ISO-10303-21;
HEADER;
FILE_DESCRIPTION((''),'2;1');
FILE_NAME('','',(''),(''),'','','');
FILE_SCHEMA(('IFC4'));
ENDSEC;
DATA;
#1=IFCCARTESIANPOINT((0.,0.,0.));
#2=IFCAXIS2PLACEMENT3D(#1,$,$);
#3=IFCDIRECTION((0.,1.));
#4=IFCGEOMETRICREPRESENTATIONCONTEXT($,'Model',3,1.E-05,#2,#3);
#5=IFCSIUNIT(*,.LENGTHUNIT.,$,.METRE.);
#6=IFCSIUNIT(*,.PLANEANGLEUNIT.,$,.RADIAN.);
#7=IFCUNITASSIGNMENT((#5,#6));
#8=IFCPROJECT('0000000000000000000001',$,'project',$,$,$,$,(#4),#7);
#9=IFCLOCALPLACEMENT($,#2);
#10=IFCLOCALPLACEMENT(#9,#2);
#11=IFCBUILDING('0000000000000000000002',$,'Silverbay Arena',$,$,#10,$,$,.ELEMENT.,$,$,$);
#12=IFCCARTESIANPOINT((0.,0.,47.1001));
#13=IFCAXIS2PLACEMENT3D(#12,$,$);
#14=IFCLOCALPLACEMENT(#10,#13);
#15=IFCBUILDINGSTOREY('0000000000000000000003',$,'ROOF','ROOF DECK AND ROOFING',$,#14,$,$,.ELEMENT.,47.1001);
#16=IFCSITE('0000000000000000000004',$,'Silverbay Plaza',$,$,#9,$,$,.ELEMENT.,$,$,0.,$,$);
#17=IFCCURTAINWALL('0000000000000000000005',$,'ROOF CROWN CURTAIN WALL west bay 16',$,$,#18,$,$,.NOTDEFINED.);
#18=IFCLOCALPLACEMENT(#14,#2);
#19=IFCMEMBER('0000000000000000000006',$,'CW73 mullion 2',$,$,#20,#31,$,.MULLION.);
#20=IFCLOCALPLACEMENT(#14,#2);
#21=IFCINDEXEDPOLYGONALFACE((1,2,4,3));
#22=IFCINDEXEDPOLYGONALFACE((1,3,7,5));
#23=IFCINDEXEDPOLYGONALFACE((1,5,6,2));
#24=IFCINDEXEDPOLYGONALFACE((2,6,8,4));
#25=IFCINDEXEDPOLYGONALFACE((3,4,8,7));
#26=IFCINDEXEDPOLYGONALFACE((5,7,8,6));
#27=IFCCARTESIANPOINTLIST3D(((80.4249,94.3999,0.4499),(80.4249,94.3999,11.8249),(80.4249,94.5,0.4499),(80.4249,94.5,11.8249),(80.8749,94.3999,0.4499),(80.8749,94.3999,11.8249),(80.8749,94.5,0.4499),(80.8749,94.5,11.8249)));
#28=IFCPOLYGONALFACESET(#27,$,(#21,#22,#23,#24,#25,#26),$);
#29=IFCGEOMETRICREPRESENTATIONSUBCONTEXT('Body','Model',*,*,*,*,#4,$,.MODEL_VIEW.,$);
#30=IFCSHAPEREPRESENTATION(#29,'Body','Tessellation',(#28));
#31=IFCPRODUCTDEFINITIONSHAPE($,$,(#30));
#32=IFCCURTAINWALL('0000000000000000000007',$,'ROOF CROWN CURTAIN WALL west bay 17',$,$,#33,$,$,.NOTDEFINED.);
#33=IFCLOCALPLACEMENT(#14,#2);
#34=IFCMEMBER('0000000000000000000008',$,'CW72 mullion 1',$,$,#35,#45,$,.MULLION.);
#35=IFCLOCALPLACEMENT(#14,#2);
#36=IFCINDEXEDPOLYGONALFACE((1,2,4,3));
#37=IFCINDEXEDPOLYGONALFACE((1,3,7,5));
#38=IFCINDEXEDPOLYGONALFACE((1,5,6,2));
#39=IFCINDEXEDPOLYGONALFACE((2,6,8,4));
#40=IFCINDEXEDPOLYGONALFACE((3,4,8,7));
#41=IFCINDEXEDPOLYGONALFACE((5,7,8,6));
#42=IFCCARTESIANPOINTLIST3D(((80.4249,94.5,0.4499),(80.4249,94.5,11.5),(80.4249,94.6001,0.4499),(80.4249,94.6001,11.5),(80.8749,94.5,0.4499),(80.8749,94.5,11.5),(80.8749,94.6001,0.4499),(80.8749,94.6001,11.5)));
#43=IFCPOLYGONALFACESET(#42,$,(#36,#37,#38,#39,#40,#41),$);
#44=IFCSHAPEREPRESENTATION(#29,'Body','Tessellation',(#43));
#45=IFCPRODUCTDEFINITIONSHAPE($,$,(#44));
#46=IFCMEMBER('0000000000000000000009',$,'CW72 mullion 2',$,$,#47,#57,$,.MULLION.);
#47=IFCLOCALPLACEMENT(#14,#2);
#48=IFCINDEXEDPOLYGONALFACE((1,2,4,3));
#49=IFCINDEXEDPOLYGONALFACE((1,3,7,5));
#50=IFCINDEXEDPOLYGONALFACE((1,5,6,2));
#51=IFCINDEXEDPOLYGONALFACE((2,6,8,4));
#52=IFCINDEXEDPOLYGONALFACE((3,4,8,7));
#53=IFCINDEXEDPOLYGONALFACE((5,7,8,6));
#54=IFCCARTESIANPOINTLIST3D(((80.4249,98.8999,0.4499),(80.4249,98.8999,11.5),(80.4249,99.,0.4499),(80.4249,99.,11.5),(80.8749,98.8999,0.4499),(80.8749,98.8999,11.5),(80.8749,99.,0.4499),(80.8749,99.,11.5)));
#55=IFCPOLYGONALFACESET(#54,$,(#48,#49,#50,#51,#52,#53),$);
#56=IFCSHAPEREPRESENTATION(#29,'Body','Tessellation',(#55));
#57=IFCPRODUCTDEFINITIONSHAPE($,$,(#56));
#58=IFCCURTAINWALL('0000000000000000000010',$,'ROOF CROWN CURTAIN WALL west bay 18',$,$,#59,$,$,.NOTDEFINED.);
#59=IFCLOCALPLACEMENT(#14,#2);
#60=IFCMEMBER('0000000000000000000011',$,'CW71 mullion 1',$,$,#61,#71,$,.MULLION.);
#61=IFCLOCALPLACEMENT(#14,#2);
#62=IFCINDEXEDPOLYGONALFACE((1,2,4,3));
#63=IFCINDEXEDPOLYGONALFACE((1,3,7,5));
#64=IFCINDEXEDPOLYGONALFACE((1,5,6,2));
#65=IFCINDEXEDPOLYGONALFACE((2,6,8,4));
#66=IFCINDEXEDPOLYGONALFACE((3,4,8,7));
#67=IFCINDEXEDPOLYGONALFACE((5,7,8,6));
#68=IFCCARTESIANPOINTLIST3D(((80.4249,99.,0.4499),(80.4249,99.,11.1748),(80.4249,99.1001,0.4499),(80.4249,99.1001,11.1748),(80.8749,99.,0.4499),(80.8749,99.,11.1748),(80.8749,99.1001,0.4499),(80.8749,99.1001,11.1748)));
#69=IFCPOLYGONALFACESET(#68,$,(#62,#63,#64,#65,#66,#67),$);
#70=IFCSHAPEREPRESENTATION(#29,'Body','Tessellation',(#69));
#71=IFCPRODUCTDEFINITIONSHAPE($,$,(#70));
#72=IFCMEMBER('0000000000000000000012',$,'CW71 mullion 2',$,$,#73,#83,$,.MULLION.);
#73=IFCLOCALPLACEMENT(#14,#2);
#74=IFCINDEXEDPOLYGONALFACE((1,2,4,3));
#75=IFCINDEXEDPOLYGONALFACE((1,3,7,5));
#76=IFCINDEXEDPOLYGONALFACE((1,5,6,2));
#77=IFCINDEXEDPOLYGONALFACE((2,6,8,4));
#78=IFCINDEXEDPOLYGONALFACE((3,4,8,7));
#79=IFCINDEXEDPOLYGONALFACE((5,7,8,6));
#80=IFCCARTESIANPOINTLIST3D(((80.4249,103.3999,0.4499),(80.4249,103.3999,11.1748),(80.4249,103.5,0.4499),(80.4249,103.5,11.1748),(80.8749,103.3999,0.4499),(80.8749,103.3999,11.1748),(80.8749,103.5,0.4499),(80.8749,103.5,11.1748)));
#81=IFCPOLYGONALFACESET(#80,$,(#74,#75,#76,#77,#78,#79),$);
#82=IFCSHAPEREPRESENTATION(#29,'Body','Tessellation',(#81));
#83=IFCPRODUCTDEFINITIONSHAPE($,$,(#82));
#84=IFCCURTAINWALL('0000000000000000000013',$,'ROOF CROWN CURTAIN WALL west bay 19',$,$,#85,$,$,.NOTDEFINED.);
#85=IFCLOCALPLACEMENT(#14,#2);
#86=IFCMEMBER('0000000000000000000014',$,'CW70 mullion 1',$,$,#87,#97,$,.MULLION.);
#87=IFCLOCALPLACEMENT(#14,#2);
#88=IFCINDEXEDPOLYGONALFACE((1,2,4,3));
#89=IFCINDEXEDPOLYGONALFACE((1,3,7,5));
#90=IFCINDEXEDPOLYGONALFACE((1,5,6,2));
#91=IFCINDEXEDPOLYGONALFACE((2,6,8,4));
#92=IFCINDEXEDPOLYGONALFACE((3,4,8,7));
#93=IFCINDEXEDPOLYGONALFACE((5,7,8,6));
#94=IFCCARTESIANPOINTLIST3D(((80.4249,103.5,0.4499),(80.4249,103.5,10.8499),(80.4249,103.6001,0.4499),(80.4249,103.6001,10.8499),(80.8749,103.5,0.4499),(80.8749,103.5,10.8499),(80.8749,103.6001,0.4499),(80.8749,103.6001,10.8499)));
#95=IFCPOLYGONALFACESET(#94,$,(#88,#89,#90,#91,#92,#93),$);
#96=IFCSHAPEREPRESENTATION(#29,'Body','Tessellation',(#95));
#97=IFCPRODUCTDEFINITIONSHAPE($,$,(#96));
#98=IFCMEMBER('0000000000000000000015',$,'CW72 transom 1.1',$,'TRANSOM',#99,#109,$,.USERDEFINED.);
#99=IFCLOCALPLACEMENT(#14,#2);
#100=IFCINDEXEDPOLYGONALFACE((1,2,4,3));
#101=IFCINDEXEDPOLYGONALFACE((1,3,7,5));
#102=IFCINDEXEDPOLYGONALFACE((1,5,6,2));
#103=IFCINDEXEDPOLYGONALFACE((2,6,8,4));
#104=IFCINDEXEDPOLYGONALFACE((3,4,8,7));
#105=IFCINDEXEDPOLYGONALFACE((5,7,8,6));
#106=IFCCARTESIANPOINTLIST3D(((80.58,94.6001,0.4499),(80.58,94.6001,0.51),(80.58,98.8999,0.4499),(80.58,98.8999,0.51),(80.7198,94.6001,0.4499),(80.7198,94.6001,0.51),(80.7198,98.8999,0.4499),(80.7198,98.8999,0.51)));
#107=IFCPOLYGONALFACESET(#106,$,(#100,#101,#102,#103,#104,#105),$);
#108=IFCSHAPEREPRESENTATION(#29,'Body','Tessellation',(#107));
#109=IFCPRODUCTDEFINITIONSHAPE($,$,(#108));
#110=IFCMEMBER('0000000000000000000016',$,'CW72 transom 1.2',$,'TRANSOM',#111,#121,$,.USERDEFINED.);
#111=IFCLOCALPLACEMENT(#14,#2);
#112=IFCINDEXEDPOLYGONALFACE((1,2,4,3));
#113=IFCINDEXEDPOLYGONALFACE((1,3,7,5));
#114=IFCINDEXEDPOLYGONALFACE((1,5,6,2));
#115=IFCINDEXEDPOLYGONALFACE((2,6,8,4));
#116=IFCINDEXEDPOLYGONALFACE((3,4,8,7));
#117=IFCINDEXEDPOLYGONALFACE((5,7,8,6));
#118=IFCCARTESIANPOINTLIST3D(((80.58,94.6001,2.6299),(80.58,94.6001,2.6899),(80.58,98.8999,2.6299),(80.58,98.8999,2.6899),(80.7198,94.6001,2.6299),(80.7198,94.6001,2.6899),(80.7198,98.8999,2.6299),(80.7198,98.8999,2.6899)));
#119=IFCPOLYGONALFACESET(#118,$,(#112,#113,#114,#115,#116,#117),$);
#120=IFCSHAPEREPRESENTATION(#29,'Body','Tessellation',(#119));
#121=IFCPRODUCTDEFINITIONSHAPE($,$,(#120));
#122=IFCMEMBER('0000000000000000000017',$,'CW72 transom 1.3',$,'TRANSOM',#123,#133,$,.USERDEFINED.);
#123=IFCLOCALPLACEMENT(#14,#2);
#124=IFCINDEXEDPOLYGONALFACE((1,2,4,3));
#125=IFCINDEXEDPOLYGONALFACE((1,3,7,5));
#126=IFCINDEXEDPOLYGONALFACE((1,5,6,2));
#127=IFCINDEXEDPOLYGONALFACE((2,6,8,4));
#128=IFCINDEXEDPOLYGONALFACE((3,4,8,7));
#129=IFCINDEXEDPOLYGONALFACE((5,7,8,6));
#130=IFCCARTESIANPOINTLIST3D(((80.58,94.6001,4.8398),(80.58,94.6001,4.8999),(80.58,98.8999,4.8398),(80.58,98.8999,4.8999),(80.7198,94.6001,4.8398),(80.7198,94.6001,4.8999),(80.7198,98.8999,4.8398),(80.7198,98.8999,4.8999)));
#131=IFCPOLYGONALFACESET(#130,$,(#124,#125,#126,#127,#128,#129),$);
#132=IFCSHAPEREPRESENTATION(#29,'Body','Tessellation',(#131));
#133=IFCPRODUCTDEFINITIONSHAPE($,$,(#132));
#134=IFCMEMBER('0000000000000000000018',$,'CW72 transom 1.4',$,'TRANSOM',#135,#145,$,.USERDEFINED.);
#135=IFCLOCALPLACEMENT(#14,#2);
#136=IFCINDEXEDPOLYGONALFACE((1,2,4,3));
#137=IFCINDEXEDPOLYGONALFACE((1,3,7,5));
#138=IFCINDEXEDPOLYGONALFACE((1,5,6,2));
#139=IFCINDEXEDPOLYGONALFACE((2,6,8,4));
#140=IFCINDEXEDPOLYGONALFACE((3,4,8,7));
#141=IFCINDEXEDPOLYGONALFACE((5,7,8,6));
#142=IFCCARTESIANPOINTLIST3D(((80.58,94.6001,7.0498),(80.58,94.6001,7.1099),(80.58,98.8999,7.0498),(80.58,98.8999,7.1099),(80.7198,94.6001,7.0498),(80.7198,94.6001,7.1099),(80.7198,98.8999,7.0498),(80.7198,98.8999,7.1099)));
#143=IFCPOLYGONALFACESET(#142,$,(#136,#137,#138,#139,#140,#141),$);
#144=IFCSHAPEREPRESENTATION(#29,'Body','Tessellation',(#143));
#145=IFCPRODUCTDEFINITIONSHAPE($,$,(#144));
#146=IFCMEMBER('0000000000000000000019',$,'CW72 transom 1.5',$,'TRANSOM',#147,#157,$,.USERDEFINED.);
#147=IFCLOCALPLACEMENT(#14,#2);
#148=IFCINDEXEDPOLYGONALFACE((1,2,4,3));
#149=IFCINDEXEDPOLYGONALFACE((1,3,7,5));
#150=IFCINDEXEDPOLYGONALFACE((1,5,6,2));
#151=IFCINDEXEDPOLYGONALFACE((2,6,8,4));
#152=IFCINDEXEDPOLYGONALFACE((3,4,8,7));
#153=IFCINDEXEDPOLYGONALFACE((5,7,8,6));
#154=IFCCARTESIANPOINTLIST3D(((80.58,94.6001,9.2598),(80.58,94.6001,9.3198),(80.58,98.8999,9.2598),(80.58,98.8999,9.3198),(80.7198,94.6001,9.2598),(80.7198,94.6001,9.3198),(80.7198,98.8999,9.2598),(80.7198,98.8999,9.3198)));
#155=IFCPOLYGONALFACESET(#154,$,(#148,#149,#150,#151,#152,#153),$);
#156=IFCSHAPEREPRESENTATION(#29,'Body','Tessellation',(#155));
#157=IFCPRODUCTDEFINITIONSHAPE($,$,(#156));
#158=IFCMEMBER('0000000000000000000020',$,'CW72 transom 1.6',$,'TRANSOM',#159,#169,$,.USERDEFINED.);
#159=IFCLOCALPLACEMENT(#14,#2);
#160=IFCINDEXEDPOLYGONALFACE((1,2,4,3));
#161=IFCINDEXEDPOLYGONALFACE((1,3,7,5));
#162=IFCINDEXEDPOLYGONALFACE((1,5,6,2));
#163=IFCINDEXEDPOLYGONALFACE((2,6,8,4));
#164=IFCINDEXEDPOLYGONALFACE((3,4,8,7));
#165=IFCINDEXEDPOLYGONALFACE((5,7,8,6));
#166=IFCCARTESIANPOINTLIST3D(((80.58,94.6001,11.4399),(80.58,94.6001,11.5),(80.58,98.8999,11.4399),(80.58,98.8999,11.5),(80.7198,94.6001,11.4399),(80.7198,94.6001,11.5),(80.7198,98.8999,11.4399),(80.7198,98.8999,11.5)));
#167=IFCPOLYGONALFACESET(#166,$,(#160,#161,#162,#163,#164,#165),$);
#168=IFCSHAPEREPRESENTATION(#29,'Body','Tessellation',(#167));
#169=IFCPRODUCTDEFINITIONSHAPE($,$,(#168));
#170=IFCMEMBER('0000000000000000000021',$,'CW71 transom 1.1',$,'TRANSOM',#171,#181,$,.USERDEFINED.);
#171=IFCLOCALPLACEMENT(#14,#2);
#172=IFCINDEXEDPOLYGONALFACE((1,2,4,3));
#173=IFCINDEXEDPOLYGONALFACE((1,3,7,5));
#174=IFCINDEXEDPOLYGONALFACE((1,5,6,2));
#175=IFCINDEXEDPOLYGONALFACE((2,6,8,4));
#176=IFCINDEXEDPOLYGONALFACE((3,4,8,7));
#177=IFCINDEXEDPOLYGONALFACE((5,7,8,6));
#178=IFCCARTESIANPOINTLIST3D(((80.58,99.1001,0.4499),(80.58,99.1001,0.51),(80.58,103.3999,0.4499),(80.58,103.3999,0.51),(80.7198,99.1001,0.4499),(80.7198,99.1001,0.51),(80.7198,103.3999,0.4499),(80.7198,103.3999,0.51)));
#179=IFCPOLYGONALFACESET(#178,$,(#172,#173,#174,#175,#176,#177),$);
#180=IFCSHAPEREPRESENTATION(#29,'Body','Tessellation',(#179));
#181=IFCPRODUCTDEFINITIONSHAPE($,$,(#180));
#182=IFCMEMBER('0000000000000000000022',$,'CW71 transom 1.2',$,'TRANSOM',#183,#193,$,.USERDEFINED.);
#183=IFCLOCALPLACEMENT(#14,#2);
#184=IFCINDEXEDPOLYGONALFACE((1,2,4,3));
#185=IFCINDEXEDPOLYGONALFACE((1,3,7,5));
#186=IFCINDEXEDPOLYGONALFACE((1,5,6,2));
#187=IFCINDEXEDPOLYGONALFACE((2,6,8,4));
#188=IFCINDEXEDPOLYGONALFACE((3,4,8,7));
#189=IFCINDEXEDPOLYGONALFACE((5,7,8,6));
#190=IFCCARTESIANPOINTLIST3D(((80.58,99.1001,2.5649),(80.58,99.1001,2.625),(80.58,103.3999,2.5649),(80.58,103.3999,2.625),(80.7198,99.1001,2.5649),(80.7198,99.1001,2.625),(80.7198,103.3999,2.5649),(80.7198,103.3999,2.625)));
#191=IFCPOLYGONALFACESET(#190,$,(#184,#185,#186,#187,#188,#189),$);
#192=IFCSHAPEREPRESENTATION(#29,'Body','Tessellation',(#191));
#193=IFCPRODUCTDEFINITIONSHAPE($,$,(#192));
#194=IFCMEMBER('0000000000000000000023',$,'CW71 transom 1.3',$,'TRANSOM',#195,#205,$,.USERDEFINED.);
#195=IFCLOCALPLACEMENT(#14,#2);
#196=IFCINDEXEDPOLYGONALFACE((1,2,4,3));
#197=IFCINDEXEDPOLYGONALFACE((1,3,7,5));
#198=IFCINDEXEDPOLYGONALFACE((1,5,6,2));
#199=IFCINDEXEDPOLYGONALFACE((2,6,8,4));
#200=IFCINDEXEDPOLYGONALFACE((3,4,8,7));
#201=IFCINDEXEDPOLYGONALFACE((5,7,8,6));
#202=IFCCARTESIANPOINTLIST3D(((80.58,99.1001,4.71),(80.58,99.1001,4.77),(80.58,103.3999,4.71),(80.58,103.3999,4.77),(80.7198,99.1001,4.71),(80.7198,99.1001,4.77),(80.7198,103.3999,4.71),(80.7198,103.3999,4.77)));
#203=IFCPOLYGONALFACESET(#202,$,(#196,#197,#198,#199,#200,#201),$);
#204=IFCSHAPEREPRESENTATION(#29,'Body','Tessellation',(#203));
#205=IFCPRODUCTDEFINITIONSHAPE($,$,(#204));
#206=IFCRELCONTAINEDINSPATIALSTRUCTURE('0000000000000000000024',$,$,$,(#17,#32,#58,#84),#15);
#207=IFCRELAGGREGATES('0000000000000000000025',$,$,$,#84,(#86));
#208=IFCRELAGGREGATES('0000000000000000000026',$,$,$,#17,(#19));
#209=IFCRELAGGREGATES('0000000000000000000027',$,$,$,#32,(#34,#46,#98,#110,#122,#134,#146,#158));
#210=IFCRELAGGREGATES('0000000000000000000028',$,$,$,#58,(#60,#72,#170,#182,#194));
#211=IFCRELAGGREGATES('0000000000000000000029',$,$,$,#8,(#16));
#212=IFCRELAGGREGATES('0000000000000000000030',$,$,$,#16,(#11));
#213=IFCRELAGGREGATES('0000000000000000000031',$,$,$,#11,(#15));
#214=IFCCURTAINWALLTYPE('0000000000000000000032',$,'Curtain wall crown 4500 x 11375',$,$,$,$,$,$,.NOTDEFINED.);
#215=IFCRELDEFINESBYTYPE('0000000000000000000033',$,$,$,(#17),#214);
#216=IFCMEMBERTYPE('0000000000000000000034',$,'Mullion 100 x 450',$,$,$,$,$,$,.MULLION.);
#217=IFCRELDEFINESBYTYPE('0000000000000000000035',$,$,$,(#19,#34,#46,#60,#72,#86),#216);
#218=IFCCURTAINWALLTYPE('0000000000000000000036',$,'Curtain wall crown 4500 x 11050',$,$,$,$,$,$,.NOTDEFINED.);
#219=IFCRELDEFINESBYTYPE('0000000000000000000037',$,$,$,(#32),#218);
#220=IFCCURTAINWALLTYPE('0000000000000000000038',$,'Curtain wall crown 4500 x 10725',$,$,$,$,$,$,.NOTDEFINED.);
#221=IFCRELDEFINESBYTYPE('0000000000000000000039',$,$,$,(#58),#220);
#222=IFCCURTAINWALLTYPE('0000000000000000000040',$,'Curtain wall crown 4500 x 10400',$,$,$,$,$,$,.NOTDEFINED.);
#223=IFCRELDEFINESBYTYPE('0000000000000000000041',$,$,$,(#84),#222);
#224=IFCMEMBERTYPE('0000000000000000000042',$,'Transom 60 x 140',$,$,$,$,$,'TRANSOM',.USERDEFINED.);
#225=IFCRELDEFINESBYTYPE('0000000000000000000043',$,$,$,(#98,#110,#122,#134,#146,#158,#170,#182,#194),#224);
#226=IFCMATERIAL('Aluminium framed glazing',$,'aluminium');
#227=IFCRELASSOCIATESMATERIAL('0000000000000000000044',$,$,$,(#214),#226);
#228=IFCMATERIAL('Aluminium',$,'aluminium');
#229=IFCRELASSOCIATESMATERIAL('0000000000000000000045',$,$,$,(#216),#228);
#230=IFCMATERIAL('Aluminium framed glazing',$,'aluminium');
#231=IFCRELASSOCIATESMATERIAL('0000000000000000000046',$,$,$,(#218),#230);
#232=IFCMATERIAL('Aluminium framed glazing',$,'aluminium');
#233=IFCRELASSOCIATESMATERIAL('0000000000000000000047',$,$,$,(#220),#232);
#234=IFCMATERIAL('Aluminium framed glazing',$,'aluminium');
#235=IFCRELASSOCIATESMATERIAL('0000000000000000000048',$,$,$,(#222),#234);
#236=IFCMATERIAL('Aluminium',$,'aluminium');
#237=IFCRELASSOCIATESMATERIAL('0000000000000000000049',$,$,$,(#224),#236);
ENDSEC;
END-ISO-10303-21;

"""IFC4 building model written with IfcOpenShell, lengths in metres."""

from ifc_helpers import new_model, si_unit, direction, frame, origin, origin_2d, place, context, subcontext, project, spatial, rectangle, extrude, material, material_profile, profile_set, type_object, element, aggregate, save


model = new_model("IFC4")

# Units and contexts
model_context = context("Model", 3, precision=1e-05, world=origin(), true_north=direction((0.0, 1.0)))
body_context = subcontext(model_context, "Body", "Model", "MODEL_VIEW")
ifc_project = project(units=[si_unit("LENGTHUNIT", "METRE"), si_unit("PLANEANGLEUNIT", "RADIAN")], contexts=[model_context])

# Site, building, storey
site_placement = place(None, origin())
site = spatial("IfcSite", under=ifc_project, at=site_placement, Name="Silverbay Plaza", CompositionType="ELEMENT", RefElevation=0.0)
building_placement = place(site_placement, origin())
building = spatial("IfcBuilding", under=site, at=building_placement, Name="Silverbay Arena", CompositionType="ELEMENT")
storey_placement = place(building_placement, frame((0.0, 0.0, 47.1001)))
storey = spatial("IfcBuildingStorey", under=building, at=storey_placement, Name="ROOF", Description="ROOF DECK AND ROOFING", CompositionType="ELEMENT", Elevation=47.1001)

# Curtain wall, member
ifc_material_1 = material(Name="Aluminium framed glazing", Category="aluminium")
curtain_wall_type_1 = type_object("IfcCurtainWallType", Name="Curtain wall crown 4500 x 11375", PredefinedType="NOTDEFINED", material=ifc_material_1)
curtain_wall_1_placement = place(storey_placement, origin())
curtain_wall_1 = element("IfcCurtainWall", 1, at=curtain_wall_1_placement, inside=storey, type_object=curtain_wall_type_1, Name="ROOF CROWN CURTAIN WALL west bay 16", PredefinedType="NOTDEFINED")
ifc_material_2 = material(Name="Aluminium", Category="aluminium")
ifc_material_profile_1 = material_profile(ifc_material_2, rectangle(XDim=0.45, YDim=0.1001, at=origin_2d()), Name="Mullion 100 x 450")
ifc_profile_set_1 = profile_set([ifc_material_profile_1], Name="Aluminium")
member_type_1 = type_object("IfcMemberType", Name="Mullion 100 x 450", PredefinedType="MULLION", material=ifc_profile_set_1)
placement = place(building_placement, frame((0.0, 0.0, 33.5)))
member_1_placement = place(placement, frame((80.6499, 94.45, 14.05), z_axis=(0.0, 0.0, 1.0), x_axis=(-1.0, 0.0, 0.0)))
member_1 = element("IfcMember", 2, at=member_1_placement, type_object=member_type_1, Name="CW73 mullion 2", PredefinedType="MULLION", context=body_context, shape_type="SweptSolid", body=[
    extrude(rectangle(XDim=0.45, YDim=0.1001, at=origin_2d()), origin(), (0.0, 0.0, 1.0), 11.375),
])

# Curtain walls, members
ifc_material_3 = material(Name="Aluminium framed glazing", Category="aluminium")
curtain_wall_type_2 = type_object("IfcCurtainWallType", Name="Curtain wall crown 4500 x 11050", PredefinedType="NOTDEFINED", material=ifc_material_3)
curtain_wall_2_placement = place(storey_placement, origin())
curtain_wall_2 = element("IfcCurtainWall", 3, at=curtain_wall_2_placement, inside=storey, type_object=curtain_wall_type_2, Name="ROOF CROWN CURTAIN WALL west bay 17", PredefinedType="NOTDEFINED")
member_2_placement = place(placement, frame((80.6499, 94.55, 14.05), z_axis=(0.0, 0.0, 1.0), x_axis=(-1.0, 0.0, 0.0)))
member_2 = element("IfcMember", 4, at=member_2_placement, type_object=member_type_1, Name="CW72 mullion 1", PredefinedType="MULLION", context=body_context, shape_type="SweptSolid", body=[
    extrude(rectangle(XDim=0.45, YDim=0.1001, at=origin_2d()), origin(), (0.0, 0.0, 1.0), 11.05),
])
member_3_placement = place(placement, frame((80.6499, 98.95, 14.05), z_axis=(0.0, 0.0, 1.0), x_axis=(-1.0, 0.0, 0.0)))
member_3 = element("IfcMember", 5, at=member_3_placement, type_object=member_type_1, Name="CW72 mullion 2", PredefinedType="MULLION", context=body_context, shape_type="SweptSolid", body=[
    extrude(rectangle(XDim=0.45, YDim=0.1001, at=origin_2d()), origin(), (0.0, 0.0, 1.0), 11.05),
])
ifc_material_4 = material(Name="Aluminium framed glazing", Category="aluminium")
curtain_wall_type_3 = type_object("IfcCurtainWallType", Name="Curtain wall crown 4500 x 10725", PredefinedType="NOTDEFINED", material=ifc_material_4)
curtain_wall_3_placement = place(storey_placement, origin())
curtain_wall_3 = element("IfcCurtainWall", 6, at=curtain_wall_3_placement, inside=storey, type_object=curtain_wall_type_3, Name="ROOF CROWN CURTAIN WALL west bay 18", PredefinedType="NOTDEFINED")
member_4_placement = place(placement, frame((80.6499, 99.05, 14.05), z_axis=(0.0, 0.0, 1.0), x_axis=(-1.0, 0.0, 0.0)))
member_4 = element("IfcMember", 7, at=member_4_placement, type_object=member_type_1, Name="CW71 mullion 1", PredefinedType="MULLION", context=body_context, shape_type="SweptSolid", body=[
    extrude(rectangle(XDim=0.45, YDim=0.1001, at=origin_2d()), origin(), (0.0, 0.0, 1.0), 10.7249),
])
member_5_placement = place(placement, frame((80.6499, 103.45, 14.05), z_axis=(0.0, 0.0, 1.0), x_axis=(-1.0, 0.0, 0.0)))
member_5 = element("IfcMember", 8, at=member_5_placement, type_object=member_type_1, Name="CW71 mullion 2", PredefinedType="MULLION", context=body_context, shape_type="SweptSolid", body=[
    extrude(rectangle(XDim=0.45, YDim=0.1001, at=origin_2d()), origin(), (0.0, 0.0, 1.0), 10.7249),
])

# Curtain wall, member
ifc_material_5 = material(Name="Aluminium framed glazing", Category="aluminium")
curtain_wall_type_4 = type_object("IfcCurtainWallType", Name="Curtain wall crown 4500 x 10400", PredefinedType="NOTDEFINED", material=ifc_material_5)
curtain_wall_4_placement = place(storey_placement, origin())
curtain_wall_4 = element("IfcCurtainWall", 9, at=curtain_wall_4_placement, inside=storey, type_object=curtain_wall_type_4, Name="ROOF CROWN CURTAIN WALL west bay 19", PredefinedType="NOTDEFINED")
member_6_placement = place(placement, frame((80.6499, 103.55, 14.05), z_axis=(0.0, 0.0, 1.0), x_axis=(-1.0, 0.0, 0.0)))
member_6 = element("IfcMember", 10, at=member_6_placement, type_object=member_type_1, Name="CW70 mullion 1", PredefinedType="MULLION", context=body_context, shape_type="SweptSolid", body=[
    extrude(rectangle(XDim=0.45, YDim=0.1001, at=origin_2d()), origin(), (0.0, 0.0, 1.0), 10.3999),
])

# Members
ifc_material_6 = material(Name="Aluminium", Category="aluminium")
ifc_material_profile_2 = material_profile(ifc_material_6, rectangle(XDim=0.1399, YDim=0.0601, at=origin_2d()), Name="Transom 60 x 140")
ifc_profile_set_2 = profile_set([ifc_material_profile_2], Name="Aluminium")
member_type_2 = type_object("IfcMemberType", Name="Transom 60 x 140", ElementType="TRANSOM", PredefinedType="USERDEFINED", material=ifc_profile_set_2)
member_7_placement = place(placement, frame((80.6499, 94.6001, 14.0801), z_axis=(0.0, 1.0, 0.0), x_axis=(-1.0, 0.0, 0.0)))
member_7 = element("IfcMember", 11, at=member_7_placement, type_object=member_type_2, Name="CW72 transom 1.1", ObjectType="TRANSOM", PredefinedType="USERDEFINED", context=body_context, shape_type="SweptSolid", body=[
    extrude(rectangle(XDim=0.1399, YDim=0.0601, at=origin_2d()), origin(), (0.0, 0.0, 1.0), 4.2998),
])
member_8_placement = place(placement, frame((80.6499, 94.6001, 16.26), z_axis=(0.0, 1.0, 0.0), x_axis=(-1.0, 0.0, 0.0)))
member_8 = element("IfcMember", 12, at=member_8_placement, type_object=member_type_2, Name="CW72 transom 1.2", ObjectType="TRANSOM", PredefinedType="USERDEFINED", context=body_context, shape_type="SweptSolid", body=[
    extrude(rectangle(XDim=0.1399, YDim=0.0601, at=origin_2d()), origin(), (0.0, 0.0, 1.0), 4.2998),
])
member_9_placement = place(placement, frame((80.6499, 94.6001, 18.47), z_axis=(0.0, 1.0, 0.0), x_axis=(-1.0, 0.0, 0.0)))
member_9 = element("IfcMember", 13, at=member_9_placement, type_object=member_type_2, Name="CW72 transom 1.3", ObjectType="TRANSOM", PredefinedType="USERDEFINED", context=body_context, shape_type="SweptSolid", body=[
    extrude(rectangle(XDim=0.1399, YDim=0.0601, at=origin_2d()), origin(), (0.0, 0.0, 1.0), 4.2998),
])
member_10_placement = place(placement, frame((80.6499, 94.6001, 20.6799), z_axis=(0.0, 1.0, 0.0), x_axis=(-1.0, 0.0, 0.0)))
member_10 = element("IfcMember", 14, at=member_10_placement, type_object=member_type_2, Name="CW72 transom 1.4", ObjectType="TRANSOM", PredefinedType="USERDEFINED", context=body_context, shape_type="SweptSolid", body=[
    extrude(rectangle(XDim=0.1399, YDim=0.0601, at=origin_2d()), origin(), (0.0, 0.0, 1.0), 4.2998),
])
member_11_placement = place(placement, frame((80.6499, 94.6001, 22.8899), z_axis=(0.0, 1.0, 0.0), x_axis=(-1.0, 0.0, 0.0)))
member_11 = element("IfcMember", 15, at=member_11_placement, type_object=member_type_2, Name="CW72 transom 1.5", ObjectType="TRANSOM", PredefinedType="USERDEFINED", context=body_context, shape_type="SweptSolid", body=[
    extrude(rectangle(XDim=0.1399, YDim=0.0601, at=origin_2d()), origin(), (0.0, 0.0, 1.0), 4.2998),
])
member_12_placement = place(placement, frame((80.6499, 94.6001, 25.0701), z_axis=(0.0, 1.0, 0.0), x_axis=(-1.0, 0.0, 0.0)))
member_12 = element("IfcMember", 16, at=member_12_placement, type_object=member_type_2, Name="CW72 transom 1.6", ObjectType="TRANSOM", PredefinedType="USERDEFINED", context=body_context, shape_type="SweptSolid", body=[
    extrude(rectangle(XDim=0.1399, YDim=0.0601, at=origin_2d()), origin(), (0.0, 0.0, 1.0), 4.2998),
])
member_13_placement = place(placement, frame((80.6499, 99.1001, 14.0801), z_axis=(0.0, 1.0, 0.0), x_axis=(-1.0, 0.0, 0.0)))
member_13 = element("IfcMember", 17, at=member_13_placement, type_object=member_type_2, Name="CW71 transom 1.1", ObjectType="TRANSOM", PredefinedType="USERDEFINED", context=body_context, shape_type="SweptSolid", body=[
    extrude(rectangle(XDim=0.1399, YDim=0.0601, at=origin_2d()), origin(), (0.0, 0.0, 1.0), 4.2998),
])
member_14_placement = place(placement, frame((80.6499, 99.1001, 16.1951), z_axis=(0.0, 1.0, 0.0), x_axis=(-1.0, 0.0, 0.0)))
member_14 = element("IfcMember", 18, at=member_14_placement, type_object=member_type_2, Name="CW71 transom 1.2", ObjectType="TRANSOM", PredefinedType="USERDEFINED", context=body_context, shape_type="SweptSolid", body=[
    extrude(rectangle(XDim=0.1399, YDim=0.0601, at=origin_2d()), origin(), (0.0, 0.0, 1.0), 4.2998),
])
member_15_placement = place(placement, frame((80.6499, 99.1001, 18.3401), z_axis=(0.0, 1.0, 0.0), x_axis=(-1.0, 0.0, 0.0)))
member_15 = element("IfcMember", 19, at=member_15_placement, type_object=member_type_2, Name="CW71 transom 1.3", ObjectType="TRANSOM", PredefinedType="USERDEFINED", context=body_context, shape_type="SweptSolid", body=[
    extrude(rectangle(XDim=0.1399, YDim=0.0601, at=origin_2d()), origin(), (0.0, 0.0, 1.0), 4.2998),
])
aggregate(curtain_wall_4, [member_6])

aggregate(curtain_wall_1, [member_1])
aggregate(curtain_wall_2, [member_2, member_3, member_7, member_8, member_9, member_10, member_11, member_12])
aggregate(curtain_wall_3, [member_4, member_5, member_13, member_14, member_15])

save(model, "model.ifc")
